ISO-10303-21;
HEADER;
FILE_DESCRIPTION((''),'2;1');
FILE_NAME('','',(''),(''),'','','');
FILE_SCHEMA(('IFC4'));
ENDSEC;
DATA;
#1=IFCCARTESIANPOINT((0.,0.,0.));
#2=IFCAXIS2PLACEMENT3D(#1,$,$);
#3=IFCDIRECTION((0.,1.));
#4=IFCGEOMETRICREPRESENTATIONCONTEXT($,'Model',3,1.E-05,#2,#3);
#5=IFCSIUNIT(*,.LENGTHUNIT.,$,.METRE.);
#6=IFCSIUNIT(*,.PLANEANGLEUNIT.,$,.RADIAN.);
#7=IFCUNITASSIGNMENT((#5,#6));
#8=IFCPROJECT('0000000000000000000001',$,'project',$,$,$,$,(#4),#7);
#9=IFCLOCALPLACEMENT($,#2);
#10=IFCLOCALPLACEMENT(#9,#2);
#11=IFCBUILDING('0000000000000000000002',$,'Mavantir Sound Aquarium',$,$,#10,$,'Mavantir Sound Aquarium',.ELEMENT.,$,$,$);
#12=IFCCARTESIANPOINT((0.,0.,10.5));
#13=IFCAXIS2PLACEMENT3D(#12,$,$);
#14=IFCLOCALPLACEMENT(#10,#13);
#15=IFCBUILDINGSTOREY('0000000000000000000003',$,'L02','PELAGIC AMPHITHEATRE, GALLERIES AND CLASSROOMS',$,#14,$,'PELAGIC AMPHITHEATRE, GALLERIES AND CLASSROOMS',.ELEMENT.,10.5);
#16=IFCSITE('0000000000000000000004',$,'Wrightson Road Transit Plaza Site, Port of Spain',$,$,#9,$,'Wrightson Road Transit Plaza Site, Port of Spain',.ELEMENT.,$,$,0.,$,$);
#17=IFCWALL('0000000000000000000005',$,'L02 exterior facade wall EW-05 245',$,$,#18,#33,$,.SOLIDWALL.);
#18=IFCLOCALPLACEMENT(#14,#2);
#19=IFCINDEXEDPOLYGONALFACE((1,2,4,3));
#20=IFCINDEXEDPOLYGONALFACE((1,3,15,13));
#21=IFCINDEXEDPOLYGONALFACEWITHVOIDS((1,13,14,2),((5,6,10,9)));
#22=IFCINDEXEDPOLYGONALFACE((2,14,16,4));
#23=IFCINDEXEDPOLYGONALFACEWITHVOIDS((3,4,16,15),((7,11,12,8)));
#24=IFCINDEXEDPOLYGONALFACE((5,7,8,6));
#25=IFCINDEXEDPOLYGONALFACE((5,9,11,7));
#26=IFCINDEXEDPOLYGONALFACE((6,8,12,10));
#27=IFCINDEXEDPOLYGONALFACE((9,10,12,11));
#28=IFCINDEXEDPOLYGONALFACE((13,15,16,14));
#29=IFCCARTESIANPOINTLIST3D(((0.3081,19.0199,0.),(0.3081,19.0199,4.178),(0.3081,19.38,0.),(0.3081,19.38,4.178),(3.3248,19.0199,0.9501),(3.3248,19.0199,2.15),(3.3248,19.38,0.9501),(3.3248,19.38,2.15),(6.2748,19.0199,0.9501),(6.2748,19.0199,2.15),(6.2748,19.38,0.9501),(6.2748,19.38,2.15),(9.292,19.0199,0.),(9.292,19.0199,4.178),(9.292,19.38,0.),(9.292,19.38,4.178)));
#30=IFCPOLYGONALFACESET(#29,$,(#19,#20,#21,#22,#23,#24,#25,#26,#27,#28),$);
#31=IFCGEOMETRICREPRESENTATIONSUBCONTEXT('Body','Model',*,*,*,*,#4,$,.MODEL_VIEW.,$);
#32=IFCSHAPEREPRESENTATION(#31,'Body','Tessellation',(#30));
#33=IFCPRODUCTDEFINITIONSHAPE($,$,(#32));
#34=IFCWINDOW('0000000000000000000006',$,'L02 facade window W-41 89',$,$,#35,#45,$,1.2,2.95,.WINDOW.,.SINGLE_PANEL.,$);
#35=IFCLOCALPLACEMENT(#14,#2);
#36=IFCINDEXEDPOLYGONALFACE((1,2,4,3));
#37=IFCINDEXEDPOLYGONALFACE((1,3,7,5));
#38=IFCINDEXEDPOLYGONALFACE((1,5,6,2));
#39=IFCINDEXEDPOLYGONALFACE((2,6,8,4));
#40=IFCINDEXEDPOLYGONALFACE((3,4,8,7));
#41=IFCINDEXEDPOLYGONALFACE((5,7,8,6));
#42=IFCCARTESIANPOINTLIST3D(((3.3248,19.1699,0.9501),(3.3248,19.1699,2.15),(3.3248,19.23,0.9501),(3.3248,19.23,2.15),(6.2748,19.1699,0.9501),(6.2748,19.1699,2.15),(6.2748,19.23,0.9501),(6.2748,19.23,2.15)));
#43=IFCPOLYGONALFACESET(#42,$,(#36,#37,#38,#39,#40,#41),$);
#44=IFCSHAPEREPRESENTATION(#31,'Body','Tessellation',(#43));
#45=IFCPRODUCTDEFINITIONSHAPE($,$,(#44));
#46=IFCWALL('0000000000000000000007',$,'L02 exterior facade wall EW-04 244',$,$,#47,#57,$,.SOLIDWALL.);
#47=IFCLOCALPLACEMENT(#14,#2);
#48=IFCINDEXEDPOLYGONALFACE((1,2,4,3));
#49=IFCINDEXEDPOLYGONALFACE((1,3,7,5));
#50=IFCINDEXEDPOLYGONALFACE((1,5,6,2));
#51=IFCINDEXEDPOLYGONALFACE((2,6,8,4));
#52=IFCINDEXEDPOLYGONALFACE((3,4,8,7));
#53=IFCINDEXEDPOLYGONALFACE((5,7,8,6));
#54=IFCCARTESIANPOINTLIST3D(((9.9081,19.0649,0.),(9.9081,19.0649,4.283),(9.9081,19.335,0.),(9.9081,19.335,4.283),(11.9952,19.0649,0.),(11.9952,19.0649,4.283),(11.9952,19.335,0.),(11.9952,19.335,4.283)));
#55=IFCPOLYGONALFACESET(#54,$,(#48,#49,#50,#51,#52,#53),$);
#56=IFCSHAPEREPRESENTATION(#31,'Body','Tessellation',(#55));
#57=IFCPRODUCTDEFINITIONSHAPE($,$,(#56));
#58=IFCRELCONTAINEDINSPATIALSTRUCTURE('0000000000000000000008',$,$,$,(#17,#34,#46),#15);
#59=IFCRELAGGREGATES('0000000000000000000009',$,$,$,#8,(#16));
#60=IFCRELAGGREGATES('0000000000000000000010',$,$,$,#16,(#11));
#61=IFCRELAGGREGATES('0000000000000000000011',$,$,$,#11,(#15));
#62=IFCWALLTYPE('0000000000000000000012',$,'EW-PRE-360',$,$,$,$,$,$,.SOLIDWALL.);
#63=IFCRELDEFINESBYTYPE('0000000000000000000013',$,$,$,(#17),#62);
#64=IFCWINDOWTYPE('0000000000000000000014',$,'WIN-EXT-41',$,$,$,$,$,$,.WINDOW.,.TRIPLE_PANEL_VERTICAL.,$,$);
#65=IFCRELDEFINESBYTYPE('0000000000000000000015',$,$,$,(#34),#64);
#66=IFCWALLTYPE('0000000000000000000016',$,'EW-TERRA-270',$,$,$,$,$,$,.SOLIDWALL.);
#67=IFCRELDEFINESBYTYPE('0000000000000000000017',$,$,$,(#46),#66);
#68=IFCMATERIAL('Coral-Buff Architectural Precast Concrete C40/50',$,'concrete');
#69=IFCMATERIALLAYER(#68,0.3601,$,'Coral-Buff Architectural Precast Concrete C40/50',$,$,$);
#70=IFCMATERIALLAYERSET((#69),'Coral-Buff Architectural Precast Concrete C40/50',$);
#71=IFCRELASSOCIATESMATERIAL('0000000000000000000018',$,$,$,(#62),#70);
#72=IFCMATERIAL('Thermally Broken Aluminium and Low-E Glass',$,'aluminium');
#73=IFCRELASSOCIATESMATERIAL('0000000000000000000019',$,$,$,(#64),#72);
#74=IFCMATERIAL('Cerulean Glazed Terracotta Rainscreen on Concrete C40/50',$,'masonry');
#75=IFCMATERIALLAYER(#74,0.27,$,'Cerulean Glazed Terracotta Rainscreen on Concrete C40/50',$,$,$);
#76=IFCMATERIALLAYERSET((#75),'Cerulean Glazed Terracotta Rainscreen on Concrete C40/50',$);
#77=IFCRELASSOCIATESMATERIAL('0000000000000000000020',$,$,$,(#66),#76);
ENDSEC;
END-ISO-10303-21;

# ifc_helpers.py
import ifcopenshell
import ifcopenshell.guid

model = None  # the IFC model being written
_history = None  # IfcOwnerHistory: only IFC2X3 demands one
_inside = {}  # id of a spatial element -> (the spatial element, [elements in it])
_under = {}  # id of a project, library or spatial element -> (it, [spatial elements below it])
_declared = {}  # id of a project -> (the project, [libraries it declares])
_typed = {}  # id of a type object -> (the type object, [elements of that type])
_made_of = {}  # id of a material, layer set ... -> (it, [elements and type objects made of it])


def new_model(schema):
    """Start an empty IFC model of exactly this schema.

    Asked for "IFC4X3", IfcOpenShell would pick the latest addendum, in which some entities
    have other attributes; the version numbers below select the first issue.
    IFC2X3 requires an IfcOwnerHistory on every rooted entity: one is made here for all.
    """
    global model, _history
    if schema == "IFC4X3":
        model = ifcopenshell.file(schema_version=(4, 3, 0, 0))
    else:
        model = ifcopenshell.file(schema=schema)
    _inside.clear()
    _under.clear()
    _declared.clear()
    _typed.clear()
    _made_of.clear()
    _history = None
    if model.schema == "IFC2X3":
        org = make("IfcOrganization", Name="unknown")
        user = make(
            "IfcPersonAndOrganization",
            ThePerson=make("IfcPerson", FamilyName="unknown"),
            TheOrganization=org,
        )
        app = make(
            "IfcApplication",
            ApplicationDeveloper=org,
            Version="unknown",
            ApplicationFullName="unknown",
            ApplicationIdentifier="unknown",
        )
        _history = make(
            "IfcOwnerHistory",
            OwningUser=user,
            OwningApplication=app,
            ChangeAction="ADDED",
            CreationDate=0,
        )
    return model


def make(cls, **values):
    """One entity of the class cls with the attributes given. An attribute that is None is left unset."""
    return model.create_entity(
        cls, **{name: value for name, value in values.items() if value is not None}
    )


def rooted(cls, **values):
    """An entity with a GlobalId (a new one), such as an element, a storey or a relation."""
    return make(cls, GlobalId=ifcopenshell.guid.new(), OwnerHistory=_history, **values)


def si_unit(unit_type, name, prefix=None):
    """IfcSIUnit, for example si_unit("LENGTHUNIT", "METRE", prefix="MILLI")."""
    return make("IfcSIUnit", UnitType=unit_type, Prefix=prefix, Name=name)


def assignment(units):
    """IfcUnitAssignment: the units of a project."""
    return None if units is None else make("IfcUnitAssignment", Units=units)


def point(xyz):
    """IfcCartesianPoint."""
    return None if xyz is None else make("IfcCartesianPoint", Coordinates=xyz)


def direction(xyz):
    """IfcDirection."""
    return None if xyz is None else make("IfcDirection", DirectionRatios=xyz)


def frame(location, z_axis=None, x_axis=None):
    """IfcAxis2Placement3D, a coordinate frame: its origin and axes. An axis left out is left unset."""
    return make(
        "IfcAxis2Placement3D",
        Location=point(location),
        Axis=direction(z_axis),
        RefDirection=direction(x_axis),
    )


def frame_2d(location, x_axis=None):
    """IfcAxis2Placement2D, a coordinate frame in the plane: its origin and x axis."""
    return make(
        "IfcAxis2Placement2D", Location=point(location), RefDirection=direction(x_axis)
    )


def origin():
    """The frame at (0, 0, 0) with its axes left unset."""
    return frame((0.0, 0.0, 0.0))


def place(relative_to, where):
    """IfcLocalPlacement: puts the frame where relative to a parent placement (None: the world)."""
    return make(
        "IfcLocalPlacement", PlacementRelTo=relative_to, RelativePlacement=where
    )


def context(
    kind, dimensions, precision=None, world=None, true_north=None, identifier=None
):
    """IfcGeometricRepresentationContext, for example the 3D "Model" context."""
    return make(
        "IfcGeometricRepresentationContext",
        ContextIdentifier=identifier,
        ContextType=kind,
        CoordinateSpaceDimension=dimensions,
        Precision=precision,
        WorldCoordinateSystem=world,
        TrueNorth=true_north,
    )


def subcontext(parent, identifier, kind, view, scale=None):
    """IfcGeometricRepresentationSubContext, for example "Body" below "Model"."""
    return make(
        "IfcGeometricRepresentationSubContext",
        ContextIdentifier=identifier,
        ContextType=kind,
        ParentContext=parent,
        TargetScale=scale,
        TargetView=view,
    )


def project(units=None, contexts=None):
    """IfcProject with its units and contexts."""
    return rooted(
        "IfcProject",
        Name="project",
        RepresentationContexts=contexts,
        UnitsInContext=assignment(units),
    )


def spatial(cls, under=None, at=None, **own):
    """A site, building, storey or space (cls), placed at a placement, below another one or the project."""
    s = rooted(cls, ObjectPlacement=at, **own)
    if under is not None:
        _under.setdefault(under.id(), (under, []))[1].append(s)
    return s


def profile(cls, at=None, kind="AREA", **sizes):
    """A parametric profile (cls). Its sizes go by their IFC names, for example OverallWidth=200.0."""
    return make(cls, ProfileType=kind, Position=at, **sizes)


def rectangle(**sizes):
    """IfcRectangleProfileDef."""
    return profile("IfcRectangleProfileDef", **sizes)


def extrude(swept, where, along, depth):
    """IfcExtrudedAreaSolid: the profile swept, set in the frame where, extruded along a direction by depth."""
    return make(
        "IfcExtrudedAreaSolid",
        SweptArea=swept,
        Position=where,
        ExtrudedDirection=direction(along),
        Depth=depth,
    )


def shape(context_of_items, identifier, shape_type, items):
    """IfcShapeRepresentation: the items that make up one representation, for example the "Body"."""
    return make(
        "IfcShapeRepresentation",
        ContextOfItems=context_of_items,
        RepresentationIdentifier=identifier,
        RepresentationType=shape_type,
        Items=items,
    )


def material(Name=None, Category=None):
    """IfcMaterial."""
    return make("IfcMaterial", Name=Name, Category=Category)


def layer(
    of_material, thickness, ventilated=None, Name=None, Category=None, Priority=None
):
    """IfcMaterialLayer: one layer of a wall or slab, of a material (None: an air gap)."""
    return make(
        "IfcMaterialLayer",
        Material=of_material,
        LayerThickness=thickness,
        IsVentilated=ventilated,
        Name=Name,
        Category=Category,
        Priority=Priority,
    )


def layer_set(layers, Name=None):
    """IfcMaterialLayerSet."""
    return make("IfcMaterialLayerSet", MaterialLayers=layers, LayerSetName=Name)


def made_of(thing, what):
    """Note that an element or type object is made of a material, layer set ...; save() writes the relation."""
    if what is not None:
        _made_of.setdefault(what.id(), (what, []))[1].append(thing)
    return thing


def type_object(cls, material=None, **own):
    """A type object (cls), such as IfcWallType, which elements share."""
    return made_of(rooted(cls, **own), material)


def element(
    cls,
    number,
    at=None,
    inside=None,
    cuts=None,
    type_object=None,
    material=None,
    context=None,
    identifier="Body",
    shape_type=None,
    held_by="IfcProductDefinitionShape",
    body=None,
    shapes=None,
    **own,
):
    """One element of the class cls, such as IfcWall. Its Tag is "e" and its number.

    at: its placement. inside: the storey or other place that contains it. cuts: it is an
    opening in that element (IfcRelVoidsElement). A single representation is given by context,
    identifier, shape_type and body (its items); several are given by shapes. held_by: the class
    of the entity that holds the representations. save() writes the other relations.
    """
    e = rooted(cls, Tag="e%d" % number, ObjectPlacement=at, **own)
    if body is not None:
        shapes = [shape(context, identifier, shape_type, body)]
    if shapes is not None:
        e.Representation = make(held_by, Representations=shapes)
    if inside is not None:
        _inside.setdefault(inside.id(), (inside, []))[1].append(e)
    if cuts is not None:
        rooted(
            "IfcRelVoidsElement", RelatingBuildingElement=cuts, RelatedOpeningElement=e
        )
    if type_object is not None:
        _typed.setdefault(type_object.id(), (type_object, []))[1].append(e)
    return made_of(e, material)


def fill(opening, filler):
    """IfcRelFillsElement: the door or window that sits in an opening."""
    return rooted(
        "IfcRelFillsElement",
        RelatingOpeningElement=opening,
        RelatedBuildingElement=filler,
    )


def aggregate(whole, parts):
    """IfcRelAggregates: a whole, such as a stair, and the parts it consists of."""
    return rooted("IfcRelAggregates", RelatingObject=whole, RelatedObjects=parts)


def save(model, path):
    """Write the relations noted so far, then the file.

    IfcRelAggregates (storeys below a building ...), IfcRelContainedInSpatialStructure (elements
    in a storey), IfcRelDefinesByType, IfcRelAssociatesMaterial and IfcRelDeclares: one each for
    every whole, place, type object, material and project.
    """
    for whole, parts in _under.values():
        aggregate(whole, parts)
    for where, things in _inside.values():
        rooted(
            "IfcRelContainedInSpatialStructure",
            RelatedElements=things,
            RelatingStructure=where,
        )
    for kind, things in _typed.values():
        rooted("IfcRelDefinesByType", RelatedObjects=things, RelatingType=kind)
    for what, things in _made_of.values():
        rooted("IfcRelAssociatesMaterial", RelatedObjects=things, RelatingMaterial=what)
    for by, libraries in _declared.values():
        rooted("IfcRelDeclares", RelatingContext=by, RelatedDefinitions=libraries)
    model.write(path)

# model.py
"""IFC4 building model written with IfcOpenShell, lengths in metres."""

from ifc_helpers import new_model, si_unit, direction, frame, frame_2d, origin, place, context, subcontext, project, spatial, rectangle, extrude, material, layer, layer_set, type_object, element, fill, save


model = new_model("IFC4")

# Units and contexts
model_context = context("Model", 3, precision=1e-05, world=origin(), true_north=direction((0.0, 1.0)))
body_context = subcontext(model_context, "Body", "Model", "MODEL_VIEW")
ifc_project = project(units=[si_unit("LENGTHUNIT", "METRE"), si_unit("PLANEANGLEUNIT", "RADIAN")], contexts=[model_context])

# Site, building, storey
site_placement = place(None, origin())
site = spatial("IfcSite", under=ifc_project, at=site_placement, Name="Wrightson Road Transit Plaza Site, Port of Spain", LongName="Wrightson Road Transit Plaza Site, Port of Spain", CompositionType="ELEMENT", RefElevation=0.0)
building_placement = place(site_placement, origin())
building = spatial("IfcBuilding", under=site, at=building_placement, Name="Mavantir Sound Aquarium", LongName="Mavantir Sound Aquarium", CompositionType="ELEMENT")
storey_placement = place(building_placement, frame((0.0, 0.0, 10.5)))
storey = spatial("IfcBuildingStorey", under=building, at=storey_placement, Name="L02", Description="PELAGIC AMPHITHEATRE, GALLERIES AND CLASSROOMS", LongName="PELAGIC AMPHITHEATRE, GALLERIES AND CLASSROOMS", CompositionType="ELEMENT", Elevation=10.5)

# Shared definitions
ifc_material_1 = material(Name="Coral-Buff Architectural Precast Concrete C40/50", Category="concrete")

# Wall, opening, window
ifc_layer_1 = layer(ifc_material_1, 0.3601, Name="Coral-Buff Architectural Precast Concrete C40/50")
ifc_layer_set_1 = layer_set([ifc_layer_1], Name="Coral-Buff Architectural Precast Concrete C40/50")
wall_type_1 = type_object("IfcWallType", Name="EW-PRE-360", PredefinedType="SOLIDWALL", material=ifc_layer_set_1)
wall_1_placement = place(storey_placement, frame((9.292, 19.2, 0.0), z_axis=(0.0, 0.0, 1.0), x_axis=(-1.0, 0.0, 0.0)))
wall_1 = element("IfcWall", 1, at=wall_1_placement, inside=storey, type_object=wall_type_1, Name="L02 exterior facade wall EW-05 245", PredefinedType="SOLIDWALL", context=body_context, shape_type="SweptSolid", body=[
    extrude(rectangle(XDim=8.9839, YDim=0.3601, at=frame_2d((4.4919, 0.0))), origin(), (0.0, 0.0, 1.0), 4.178),
])
opening_placement = place(wall_1_placement, frame((3.0171, 0.0, 0.95)))
opening = element("IfcOpeningElement", 2, at=opening_placement, cuts=wall_1, PredefinedType="OPENING", context=body_context, shape_type="SweptSolid", body=[
    extrude(rectangle(XDim=2.95, YDim=1.2, at=frame_2d((1.4751, 0.6001))), frame((0.0, 0.1899, 0.0), z_axis=(0.0, -1.0, 0.0), x_axis=(1.0, 0.0, 0.0)), (0.0, 0.0, 1.0), 0.3801),
])
ifc_material_2 = material(Name="Thermally Broken Aluminium and Low-E Glass", Category="aluminium")
window_type = type_object("IfcWindowType", Name="WIN-EXT-41", PartitioningType="TRIPLE_PANEL_VERTICAL", PredefinedType="WINDOW", material=ifc_material_2)
window_placement = place(opening_placement, origin())
window = element("IfcWindow", 3, at=window_placement, inside=storey, type_object=window_type, Name="L02 facade window W-41 89", OverallHeight=1.2, OverallWidth=2.95, PartitioningType="SINGLE_PANEL", PredefinedType="WINDOW", context=body_context, shape_type="SweptSolid", body=[
    extrude(rectangle(XDim=2.95, YDim=1.2, at=frame_2d((1.4751, 0.6001))), frame((0.0, 0.03, 0.0), z_axis=(0.0, -1.0, 0.0), x_axis=(1.0, 0.0, 0.0)), (0.0, 0.0, 1.0), 0.0601),
])
fill(opening, window)

# Wall
ifc_material_3 = material(Name="Cerulean Glazed Terracotta Rainscreen on Concrete C40/50", Category="masonry")
ifc_layer_2 = layer(ifc_material_3, 0.27, Name="Cerulean Glazed Terracotta Rainscreen on Concrete C40/50")
ifc_layer_set_2 = layer_set([ifc_layer_2], Name="Cerulean Glazed Terracotta Rainscreen on Concrete C40/50")
wall_type_2 = type_object("IfcWallType", Name="EW-TERRA-270", PredefinedType="SOLIDWALL", material=ifc_layer_set_2)
wall_2_placement = place(storey_placement, frame((11.9951, 19.2, 0.0), z_axis=(0.0, 0.0, 1.0), x_axis=(-1.0, 0.0, 0.0)))
element("IfcWall", 4, at=wall_2_placement, inside=storey, type_object=wall_type_2, Name="L02 exterior facade wall EW-04 244", PredefinedType="SOLIDWALL", context=body_context, shape_type="SweptSolid", body=[
    extrude(rectangle(XDim=2.0872, YDim=0.27, at=frame_2d((1.0435, 0.0))), origin(), (0.0, 0.0, 1.0), 4.283),
])

save(model, "model.ifc")
